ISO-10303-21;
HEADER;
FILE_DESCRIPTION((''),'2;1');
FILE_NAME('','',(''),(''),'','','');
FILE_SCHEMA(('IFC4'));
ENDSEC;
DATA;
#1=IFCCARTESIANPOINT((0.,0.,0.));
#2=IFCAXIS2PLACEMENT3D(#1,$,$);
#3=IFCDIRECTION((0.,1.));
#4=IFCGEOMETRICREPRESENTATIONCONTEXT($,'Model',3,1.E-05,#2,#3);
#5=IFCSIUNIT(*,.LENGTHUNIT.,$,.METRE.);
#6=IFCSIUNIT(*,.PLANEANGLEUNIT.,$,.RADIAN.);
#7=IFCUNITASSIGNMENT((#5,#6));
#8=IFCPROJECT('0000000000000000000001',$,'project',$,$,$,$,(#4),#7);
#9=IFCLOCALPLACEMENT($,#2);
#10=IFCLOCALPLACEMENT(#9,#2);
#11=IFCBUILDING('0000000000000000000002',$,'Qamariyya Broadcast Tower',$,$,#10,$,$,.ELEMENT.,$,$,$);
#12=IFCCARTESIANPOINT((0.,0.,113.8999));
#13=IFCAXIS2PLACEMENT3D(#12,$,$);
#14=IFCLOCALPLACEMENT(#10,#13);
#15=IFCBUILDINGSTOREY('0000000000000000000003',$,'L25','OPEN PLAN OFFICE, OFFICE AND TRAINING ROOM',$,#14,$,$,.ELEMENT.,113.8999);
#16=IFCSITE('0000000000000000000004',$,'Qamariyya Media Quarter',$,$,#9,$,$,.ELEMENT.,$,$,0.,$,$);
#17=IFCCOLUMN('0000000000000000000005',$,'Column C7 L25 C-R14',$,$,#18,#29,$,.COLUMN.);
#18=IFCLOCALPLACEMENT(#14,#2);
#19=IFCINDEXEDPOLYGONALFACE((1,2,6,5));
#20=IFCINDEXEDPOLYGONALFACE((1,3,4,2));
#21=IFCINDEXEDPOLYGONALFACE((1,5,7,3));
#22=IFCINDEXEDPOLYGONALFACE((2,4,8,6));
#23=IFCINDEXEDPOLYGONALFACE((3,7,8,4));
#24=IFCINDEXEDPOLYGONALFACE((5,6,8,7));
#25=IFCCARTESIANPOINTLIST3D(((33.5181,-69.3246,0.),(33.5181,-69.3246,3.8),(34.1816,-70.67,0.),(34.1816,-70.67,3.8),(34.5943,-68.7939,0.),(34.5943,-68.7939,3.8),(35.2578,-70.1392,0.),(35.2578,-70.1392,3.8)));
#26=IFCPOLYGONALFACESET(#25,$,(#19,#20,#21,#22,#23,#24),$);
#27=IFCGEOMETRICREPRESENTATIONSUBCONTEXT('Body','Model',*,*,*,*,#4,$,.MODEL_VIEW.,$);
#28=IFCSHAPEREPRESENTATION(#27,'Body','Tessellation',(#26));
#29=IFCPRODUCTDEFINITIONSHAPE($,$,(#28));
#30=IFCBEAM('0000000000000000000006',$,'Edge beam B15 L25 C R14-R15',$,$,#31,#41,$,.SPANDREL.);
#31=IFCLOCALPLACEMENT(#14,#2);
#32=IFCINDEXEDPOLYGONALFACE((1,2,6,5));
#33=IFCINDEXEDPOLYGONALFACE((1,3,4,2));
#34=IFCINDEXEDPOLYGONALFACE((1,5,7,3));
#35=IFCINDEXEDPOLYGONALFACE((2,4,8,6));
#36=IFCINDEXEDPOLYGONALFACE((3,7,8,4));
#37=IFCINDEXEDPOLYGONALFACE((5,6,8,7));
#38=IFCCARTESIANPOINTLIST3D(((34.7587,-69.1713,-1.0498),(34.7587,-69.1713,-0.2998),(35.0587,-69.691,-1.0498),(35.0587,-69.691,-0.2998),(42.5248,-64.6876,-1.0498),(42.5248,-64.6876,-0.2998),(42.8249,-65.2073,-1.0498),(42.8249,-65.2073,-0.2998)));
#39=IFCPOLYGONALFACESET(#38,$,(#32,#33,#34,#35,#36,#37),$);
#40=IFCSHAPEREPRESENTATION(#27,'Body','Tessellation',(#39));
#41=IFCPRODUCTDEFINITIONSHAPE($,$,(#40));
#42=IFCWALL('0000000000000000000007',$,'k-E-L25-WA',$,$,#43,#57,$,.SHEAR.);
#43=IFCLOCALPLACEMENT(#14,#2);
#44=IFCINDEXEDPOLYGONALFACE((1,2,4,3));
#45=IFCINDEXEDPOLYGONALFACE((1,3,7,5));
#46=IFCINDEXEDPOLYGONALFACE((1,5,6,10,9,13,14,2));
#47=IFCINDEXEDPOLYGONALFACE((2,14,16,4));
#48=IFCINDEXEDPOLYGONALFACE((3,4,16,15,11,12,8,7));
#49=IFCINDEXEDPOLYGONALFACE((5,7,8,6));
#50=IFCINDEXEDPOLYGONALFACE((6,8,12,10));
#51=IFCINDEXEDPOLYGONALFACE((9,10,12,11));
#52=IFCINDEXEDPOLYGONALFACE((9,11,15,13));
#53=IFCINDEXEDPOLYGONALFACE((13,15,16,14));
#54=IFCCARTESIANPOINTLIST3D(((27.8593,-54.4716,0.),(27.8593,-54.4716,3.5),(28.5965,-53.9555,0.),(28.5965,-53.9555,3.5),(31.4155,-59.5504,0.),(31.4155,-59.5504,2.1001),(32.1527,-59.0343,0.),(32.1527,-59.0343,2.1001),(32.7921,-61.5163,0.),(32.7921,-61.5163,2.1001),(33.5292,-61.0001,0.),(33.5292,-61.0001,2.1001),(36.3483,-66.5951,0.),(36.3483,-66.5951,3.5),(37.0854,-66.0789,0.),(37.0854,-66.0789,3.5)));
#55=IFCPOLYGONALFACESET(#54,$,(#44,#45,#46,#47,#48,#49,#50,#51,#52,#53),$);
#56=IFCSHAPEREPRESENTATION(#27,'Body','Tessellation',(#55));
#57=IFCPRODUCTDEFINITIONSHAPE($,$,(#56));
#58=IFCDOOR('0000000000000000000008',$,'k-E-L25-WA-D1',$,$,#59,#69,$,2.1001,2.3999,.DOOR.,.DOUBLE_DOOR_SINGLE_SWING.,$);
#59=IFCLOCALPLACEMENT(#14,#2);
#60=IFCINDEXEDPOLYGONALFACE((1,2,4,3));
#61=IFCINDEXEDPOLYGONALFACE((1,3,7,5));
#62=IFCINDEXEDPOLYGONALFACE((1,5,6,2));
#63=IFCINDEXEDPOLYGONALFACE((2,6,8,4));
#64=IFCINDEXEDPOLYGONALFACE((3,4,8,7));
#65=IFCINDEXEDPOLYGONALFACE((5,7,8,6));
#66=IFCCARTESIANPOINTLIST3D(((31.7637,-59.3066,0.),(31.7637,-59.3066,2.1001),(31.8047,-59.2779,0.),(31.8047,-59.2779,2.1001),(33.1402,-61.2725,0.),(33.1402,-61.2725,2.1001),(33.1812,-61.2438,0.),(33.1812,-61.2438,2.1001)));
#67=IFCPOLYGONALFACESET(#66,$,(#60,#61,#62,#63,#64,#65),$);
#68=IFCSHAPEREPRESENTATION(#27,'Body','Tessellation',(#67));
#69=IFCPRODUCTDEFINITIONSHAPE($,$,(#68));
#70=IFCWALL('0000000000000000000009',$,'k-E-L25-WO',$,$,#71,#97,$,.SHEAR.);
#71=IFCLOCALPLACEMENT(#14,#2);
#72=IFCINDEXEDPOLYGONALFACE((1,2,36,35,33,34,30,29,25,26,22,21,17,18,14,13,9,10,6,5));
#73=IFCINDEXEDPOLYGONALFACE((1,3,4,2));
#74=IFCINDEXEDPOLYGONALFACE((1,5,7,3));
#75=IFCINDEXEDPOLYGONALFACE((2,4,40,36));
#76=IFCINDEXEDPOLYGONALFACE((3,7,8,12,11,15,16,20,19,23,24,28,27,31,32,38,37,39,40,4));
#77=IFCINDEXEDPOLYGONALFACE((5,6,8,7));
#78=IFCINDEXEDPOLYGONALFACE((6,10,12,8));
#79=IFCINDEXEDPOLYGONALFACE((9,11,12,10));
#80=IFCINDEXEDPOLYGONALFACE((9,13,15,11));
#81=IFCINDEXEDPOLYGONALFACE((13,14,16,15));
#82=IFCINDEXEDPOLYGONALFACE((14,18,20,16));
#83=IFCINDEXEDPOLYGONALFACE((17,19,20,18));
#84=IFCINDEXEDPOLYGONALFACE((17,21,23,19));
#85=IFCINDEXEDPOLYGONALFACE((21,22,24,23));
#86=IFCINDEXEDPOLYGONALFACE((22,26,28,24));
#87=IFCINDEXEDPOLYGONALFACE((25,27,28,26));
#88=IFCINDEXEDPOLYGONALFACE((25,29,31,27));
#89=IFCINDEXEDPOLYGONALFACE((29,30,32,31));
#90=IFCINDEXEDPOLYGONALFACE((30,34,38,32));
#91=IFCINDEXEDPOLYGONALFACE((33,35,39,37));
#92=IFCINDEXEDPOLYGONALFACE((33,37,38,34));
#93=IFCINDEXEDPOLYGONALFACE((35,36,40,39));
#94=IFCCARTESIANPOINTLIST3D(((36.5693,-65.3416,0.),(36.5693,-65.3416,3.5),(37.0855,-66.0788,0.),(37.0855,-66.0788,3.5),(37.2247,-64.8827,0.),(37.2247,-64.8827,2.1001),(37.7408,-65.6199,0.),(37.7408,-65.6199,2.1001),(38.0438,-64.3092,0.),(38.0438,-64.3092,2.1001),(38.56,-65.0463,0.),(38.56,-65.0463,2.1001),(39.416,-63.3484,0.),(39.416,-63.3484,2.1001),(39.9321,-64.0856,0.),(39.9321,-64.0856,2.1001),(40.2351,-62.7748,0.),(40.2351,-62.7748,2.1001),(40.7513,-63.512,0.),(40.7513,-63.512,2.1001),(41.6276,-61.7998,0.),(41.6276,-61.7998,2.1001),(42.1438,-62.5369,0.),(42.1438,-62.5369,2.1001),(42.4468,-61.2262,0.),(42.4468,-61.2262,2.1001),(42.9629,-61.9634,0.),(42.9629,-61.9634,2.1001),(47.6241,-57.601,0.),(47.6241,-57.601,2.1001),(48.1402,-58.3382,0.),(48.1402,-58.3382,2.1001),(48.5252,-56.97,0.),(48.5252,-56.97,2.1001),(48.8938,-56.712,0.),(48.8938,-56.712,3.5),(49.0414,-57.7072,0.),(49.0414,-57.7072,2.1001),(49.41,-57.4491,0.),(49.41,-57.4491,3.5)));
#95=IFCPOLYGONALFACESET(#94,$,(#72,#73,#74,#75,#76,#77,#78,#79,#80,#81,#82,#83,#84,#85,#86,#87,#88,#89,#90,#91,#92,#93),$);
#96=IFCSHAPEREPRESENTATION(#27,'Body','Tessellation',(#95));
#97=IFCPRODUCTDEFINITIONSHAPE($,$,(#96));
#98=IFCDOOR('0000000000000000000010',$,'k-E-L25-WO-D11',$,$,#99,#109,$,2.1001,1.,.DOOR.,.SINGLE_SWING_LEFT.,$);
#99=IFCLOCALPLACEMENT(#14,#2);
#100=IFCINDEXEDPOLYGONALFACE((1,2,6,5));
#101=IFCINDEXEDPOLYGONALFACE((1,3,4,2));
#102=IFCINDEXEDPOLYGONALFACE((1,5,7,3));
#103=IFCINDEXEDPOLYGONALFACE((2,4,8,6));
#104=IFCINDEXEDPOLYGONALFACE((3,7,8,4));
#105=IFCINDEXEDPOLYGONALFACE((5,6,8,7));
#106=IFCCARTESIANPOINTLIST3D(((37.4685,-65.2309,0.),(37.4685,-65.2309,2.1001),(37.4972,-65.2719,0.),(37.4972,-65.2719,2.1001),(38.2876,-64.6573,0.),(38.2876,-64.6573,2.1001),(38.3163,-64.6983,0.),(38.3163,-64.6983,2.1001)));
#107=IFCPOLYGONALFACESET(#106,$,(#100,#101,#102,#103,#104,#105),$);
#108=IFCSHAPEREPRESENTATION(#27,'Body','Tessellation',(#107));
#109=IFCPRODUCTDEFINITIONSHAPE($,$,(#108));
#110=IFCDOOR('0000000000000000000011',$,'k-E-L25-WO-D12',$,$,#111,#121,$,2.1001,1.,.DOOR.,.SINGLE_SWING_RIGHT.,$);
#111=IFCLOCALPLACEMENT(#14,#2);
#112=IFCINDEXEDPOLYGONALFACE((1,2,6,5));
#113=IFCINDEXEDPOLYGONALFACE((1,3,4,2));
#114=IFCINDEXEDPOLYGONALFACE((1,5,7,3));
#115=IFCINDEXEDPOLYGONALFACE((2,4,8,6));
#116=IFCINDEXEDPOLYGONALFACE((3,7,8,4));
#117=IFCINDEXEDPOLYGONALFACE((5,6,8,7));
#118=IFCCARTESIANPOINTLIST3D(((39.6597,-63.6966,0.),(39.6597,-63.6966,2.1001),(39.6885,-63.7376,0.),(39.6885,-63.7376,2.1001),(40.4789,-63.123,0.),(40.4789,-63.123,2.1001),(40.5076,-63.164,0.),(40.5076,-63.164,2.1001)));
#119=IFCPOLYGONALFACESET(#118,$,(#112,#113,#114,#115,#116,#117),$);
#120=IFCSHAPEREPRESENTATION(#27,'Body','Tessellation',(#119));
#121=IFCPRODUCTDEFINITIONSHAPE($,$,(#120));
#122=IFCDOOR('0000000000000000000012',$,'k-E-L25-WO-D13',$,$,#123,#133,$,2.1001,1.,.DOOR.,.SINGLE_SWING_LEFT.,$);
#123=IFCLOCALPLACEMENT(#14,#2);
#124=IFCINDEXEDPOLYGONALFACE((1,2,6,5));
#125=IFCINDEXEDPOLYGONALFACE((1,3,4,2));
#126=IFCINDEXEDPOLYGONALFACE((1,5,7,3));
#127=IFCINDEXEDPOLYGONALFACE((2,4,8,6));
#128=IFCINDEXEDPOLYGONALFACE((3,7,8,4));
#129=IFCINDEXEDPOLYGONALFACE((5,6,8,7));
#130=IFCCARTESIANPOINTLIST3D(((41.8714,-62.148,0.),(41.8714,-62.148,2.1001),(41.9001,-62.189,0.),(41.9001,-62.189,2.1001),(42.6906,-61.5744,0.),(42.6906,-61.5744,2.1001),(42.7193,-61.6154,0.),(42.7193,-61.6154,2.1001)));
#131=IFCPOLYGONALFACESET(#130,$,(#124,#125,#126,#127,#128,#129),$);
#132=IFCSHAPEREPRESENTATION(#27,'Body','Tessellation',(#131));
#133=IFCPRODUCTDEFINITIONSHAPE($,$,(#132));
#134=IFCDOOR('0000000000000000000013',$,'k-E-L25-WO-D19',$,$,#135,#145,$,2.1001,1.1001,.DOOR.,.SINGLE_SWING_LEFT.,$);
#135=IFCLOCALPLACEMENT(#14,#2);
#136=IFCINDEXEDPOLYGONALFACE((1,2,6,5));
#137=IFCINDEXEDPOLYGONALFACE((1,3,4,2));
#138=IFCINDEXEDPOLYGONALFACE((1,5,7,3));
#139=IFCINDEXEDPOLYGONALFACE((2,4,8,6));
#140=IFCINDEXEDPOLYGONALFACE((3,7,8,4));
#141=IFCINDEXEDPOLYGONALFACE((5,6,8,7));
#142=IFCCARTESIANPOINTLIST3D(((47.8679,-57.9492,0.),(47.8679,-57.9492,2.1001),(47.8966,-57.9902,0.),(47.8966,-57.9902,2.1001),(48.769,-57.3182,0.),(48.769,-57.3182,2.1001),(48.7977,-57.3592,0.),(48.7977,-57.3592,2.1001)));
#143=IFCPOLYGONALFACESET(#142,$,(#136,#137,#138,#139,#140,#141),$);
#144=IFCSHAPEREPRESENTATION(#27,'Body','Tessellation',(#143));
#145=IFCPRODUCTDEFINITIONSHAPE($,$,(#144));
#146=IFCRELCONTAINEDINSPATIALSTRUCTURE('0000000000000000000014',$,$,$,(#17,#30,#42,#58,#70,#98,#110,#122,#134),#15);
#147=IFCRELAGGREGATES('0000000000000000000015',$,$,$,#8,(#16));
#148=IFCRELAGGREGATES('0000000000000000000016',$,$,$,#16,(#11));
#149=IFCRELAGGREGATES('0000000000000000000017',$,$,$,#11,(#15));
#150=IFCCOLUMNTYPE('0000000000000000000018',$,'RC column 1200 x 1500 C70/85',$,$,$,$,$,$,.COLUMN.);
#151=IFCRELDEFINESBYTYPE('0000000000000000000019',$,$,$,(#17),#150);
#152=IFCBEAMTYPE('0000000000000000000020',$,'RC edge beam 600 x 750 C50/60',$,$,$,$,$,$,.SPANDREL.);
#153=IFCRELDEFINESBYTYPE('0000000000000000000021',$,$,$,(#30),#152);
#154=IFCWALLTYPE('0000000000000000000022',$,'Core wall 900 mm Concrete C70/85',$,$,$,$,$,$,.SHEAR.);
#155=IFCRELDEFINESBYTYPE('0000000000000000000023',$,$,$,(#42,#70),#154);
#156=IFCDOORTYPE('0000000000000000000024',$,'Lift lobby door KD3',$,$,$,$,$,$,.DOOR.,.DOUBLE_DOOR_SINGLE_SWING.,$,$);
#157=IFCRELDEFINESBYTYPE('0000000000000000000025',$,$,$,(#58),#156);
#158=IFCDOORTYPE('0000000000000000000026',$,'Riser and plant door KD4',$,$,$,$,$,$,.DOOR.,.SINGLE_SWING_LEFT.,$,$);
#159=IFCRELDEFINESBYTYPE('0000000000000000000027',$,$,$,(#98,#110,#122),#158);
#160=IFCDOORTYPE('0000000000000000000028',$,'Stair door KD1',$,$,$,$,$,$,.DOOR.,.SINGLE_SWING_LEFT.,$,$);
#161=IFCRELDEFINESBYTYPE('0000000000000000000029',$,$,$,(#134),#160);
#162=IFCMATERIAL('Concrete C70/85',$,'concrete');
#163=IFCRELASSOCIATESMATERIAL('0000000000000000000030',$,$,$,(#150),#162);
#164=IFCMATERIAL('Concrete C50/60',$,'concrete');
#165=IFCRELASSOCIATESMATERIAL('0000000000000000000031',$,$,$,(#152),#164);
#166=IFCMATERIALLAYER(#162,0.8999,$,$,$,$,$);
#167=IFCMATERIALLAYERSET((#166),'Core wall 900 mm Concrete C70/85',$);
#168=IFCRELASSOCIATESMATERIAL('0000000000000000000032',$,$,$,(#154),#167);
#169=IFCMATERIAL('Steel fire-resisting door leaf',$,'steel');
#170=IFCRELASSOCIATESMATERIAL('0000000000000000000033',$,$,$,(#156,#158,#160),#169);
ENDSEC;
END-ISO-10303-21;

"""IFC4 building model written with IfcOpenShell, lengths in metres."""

from ifc_helpers import new_model, si_unit, direction, frame, frame_2d, origin, origin_2d, place, context, subcontext, project, spatial, rectangle, extrude, material, layer, layer_set, material_profile, profile_set, type_object, element, fill, save


model = new_model("IFC4")

# Units and contexts
model_context = context("Model", 3, precision=1e-05, world=origin(), true_north=direction((0.0, 1.0)))
body_context = subcontext(model_context, "Body", "Model", "MODEL_VIEW")
ifc_project = project(units=[si_unit("LENGTHUNIT", "METRE"), si_unit("PLANEANGLEUNIT", "RADIAN")], contexts=[model_context])

# Site, building, storey
site_placement = place(None, origin())
site = spatial("IfcSite", under=ifc_project, at=site_placement, Name="Qamariyya Media Quarter", CompositionType="ELEMENT", RefElevation=0.0)
building_placement = place(site_placement, origin())
building = spatial("IfcBuilding", under=site, at=building_placement, Name="Qamariyya Broadcast Tower", CompositionType="ELEMENT")
storey_placement = place(building_placement, frame((0.0, 0.0, 113.8999)))
storey = spatial("IfcBuildingStorey", under=building, at=storey_placement, Name="L25", Description="OPEN PLAN OFFICE, OFFICE AND TRAINING ROOM", CompositionType="ELEMENT", Elevation=113.8999)

# Column
ifc_material_1 = material(Name="Concrete C70/85", Category="concrete")
ifc_material_profile_1 = material_profile(ifc_material_1, rectangle(XDim=1.2, YDim=1.5, at=origin_2d()))
ifc_profile_set_1 = profile_set([ifc_material_profile_1], Name="Concrete C70/85")
column_type = type_object("IfcColumnType", Name="RC column 1200 x 1500 C70/85", PredefinedType="COLUMN", material=ifc_profile_set_1)
column_placement = place(storey_placement, frame((34.3879, -69.7319, 0.0), z_axis=(0.0, 0.0, 1.0), x_axis=(0.896873, 0.442289, 0.0)))
element("IfcColumn", 1, at=column_placement, inside=storey, type_object=column_type, Name="Column C7 L25 C-R14", PredefinedType="COLUMN", context=body_context, shape_type="SweptSolid", body=[
    extrude(rectangle(XDim=1.2, YDim=1.5, at=origin_2d()), origin(), (0.0, 0.0, 1.0), 3.8),
])

# Beam
ifc_material_2 = material(Name="Concrete C50/60", Category="concrete")
ifc_material_profile_2 = material_profile(ifc_material_2, rectangle(XDim=0.6001, YDim=0.75, at=origin_2d()))
ifc_profile_set_2 = profile_set([ifc_material_profile_2], Name="Concrete C50/60")
beam_type = type_object("IfcBeamType", Name="RC edge beam 600 x 750 C50/60", PredefinedType="SPANDREL", material=ifc_profile_set_2)
beam_placement = place(storey_placement, frame((34.9087, -69.4312, -0.6748), z_axis=(0.866031, 0.49999, 0.0), x_axis=(-0.49999, 0.866031, 0.0)))
element("IfcBeam", 2, at=beam_placement, inside=storey, type_object=beam_type, Name="Edge beam B15 L25 C R14-R15", PredefinedType="SPANDREL", context=body_context, shape_type="SweptSolid", body=[
    extrude(rectangle(XDim=0.6001, YDim=0.75, at=origin_2d()), origin(), (0.0, 0.0, 1.0), 8.9675),
])

# Wall, opening, door
ifc_layer_1 = layer(ifc_material_1, 0.8999)
ifc_layer_set_1 = layer_set([ifc_layer_1], Name="Core wall 900 mm Concrete C70/85")
wall_type_1 = type_object("IfcWallType", Name="Core wall 900 mm Concrete C70/85", PredefinedType="SHEAR", material=ifc_layer_set_1)
wall_1_placement = place(storey_placement, frame((36.7168, -66.3369, 0.0), z_axis=(0.0, 0.0, 1.0), x_axis=(-0.573577, 0.819151, 0.0)))
wall_1 = element("IfcWall", 3, at=wall_1_placement, inside=storey, type_object=wall_type_1, Name="k-E-L25-WA", PredefinedType="SHEAR", context=body_context, shape_type="SweptSolid", body=[
    extrude(rectangle(XDim=14.8, YDim=0.8999, at=frame_2d((7.3999, 0.0))), origin(), (0.0, 0.0, 1.0), 3.5),
])
opening_1_placement = place(wall_1_placement, frame((6.2, 0.0, 0.0)))
opening_1 = element("IfcOpeningElement", 4, at=opening_1_placement, cuts=wall_1, PredefinedType="OPENING", context=body_context, shape_type="SweptSolid", body=[
    extrude(rectangle(XDim=2.3999, YDim=2.1001, at=frame_2d((1.2, 1.05))), frame((0.0, 0.46, 0.0), z_axis=(0.0, -1.0, 0.0), x_axis=(1.0, 0.0, 0.0)), (0.0, 0.0, 1.0), 0.9199),
])
ifc_material_3 = material(Name="Steel fire-resisting door leaf", Category="steel")
door_type_1 = type_object("IfcDoorType", Name="Lift lobby door KD3", OperationType="DOUBLE_DOOR_SINGLE_SWING", PredefinedType="DOOR", material=ifc_material_3)
door_1_placement = place(opening_1_placement, origin())
door_1 = element("IfcDoor", 5, at=door_1_placement, inside=storey, type_object=door_type_1, Name="k-E-L25-WA-D1", OperationType="DOUBLE_DOOR_SINGLE_SWING", OverallHeight=2.1001, OverallWidth=2.3999, PredefinedType="DOOR", context=body_context, shape_type="SweptSolid", body=[
    extrude(rectangle(XDim=2.3999, YDim=2.1001, at=frame_2d((1.2, 1.05))), frame((0.0, 0.0249, 0.0), z_axis=(0.0, -1.0, 0.0), x_axis=(1.0, 0.0, 0.0)), (0.0, 0.0, 1.0), 0.05),
])
fill(opening_1, door_1)

# Wall, openings, doors
wall_2_placement = place(storey_placement, frame((36.8274, -65.7102, 0.0), z_axis=(0.0, 0.0, 1.0), x_axis=(0.819153, 0.573575, 0.0)))
wall_2 = element("IfcWall", 6, at=wall_2_placement, inside=storey, type_object=wall_type_1, Name="k-E-L25-WO", PredefinedType="SHEAR", context=body_context, shape_type="SweptSolid", body=[
    extrude(rectangle(XDim=15.0454, YDim=0.8999, at=frame_2d((7.5227, 0.0))), origin(), (0.0, 0.0, 1.0), 3.5),
])
opening_2_placement = place(wall_2_placement, frame((0.8, 0.0, 0.0)))
opening_2 = element("IfcOpeningElement", 7, at=opening_2_placement, cuts=wall_2, PredefinedType="OPENING", context=body_context, shape_type="SweptSolid", body=[
    extrude(rectangle(XDim=1.0, YDim=2.1001, at=frame_2d((0.5, 1.05))), frame((0.0, 0.46, 0.0), z_axis=(0.0, -1.0, 0.0), x_axis=(1.0, 0.0, 0.0)), (0.0, 0.0, 1.0), 0.9199),
])
opening_3_placement = place(wall_2_placement, frame((3.4751, 0.0, 0.0)))
opening_3 = element("IfcOpeningElement", 8, at=opening_3_placement, cuts=wall_2, PredefinedType="OPENING", context=body_context, shape_type="SweptSolid", body=[
    extrude(rectangle(XDim=1.0, YDim=2.1001, at=frame_2d((0.5, 1.05))), frame((0.0, 0.46, 0.0), z_axis=(0.0, -1.0, 0.0), x_axis=(1.0, 0.0, 0.0)), (0.0, 0.0, 1.0), 0.9199),
])
opening_4_placement = place(wall_2_placement, frame((6.175, 0.0, 0.0)))
opening_4 = element("IfcOpeningElement", 9, at=opening_4_placement, cuts=wall_2, PredefinedType="OPENING", context=body_context, shape_type="SweptSolid", body=[
    extrude(rectangle(XDim=1.0, YDim=2.1001, at=frame_2d((0.5, 1.05))), frame((0.0, 0.46, 0.0), z_axis=(0.0, -1.0, 0.0), x_axis=(1.0, 0.0, 0.0)), (0.0, 0.0, 1.0), 0.9199),
])
opening_5_placement = place(wall_2_placement, frame((13.4954, 0.0, 0.0)))
opening_5 = element("IfcOpeningElement", 10, at=opening_5_placement, cuts=wall_2, PredefinedType="OPENING", context=body_context, shape_type="SweptSolid", body=[
    extrude(rectangle(XDim=1.1001, YDim=2.1001, at=frame_2d((0.55, 1.05))), frame((0.0, 0.46, 0.0), z_axis=(0.0, -1.0, 0.0), x_axis=(1.0, 0.0, 0.0)), (0.0, 0.0, 1.0), 0.9199),
])
door_type_2 = type_object("IfcDoorType", Name="Riser and plant door KD4", OperationType="SINGLE_SWING_LEFT", PredefinedType="DOOR", material=ifc_material_3)
door_2_placement = place(opening_2_placement, origin())
door_2 = element("IfcDoor", 11, at=door_2_placement, inside=storey, type_object=door_type_2, Name="k-E-L25-WO-D11", OperationType="SINGLE_SWING_LEFT", OverallHeight=2.1001, OverallWidth=1.0, PredefinedType="DOOR", context=body_context, shape_type="SweptSolid", body=[
    extrude(rectangle(XDim=1.0, YDim=2.1001, at=frame_2d((0.5, 1.05))), frame((0.0, 0.0249, 0.0), z_axis=(0.0, -1.0, 0.0), x_axis=(1.0, 0.0, 0.0)), (0.0, 0.0, 1.0), 0.05),
])
fill(opening_2, door_2)
door_3_placement = place(opening_3_placement, origin())
door_3 = element("IfcDoor", 12, at=door_3_placement, inside=storey, type_object=door_type_2, Name="k-E-L25-WO-D12", OperationType="SINGLE_SWING_RIGHT", OverallHeight=2.1001, OverallWidth=1.0, PredefinedType="DOOR", context=body_context, shape_type="SweptSolid", body=[
    extrude(rectangle(XDim=1.0, YDim=2.1001, at=frame_2d((0.5, 1.05))), frame((0.0, 0.0249, 0.0), z_axis=(0.0, -1.0, 0.0), x_axis=(1.0, 0.0, 0.0)), (0.0, 0.0, 1.0), 0.05),
])
fill(opening_3, door_3)
door_4_placement = place(opening_4_placement, origin())
door_4 = element("IfcDoor", 13, at=door_4_placement, inside=storey, type_object=door_type_2, Name="k-E-L25-WO-D13", OperationType="SINGLE_SWING_LEFT", OverallHeight=2.1001, OverallWidth=1.0, PredefinedType="DOOR", context=body_context, shape_type="SweptSolid", body=[
    extrude(rectangle(XDim=1.0, YDim=2.1001, at=frame_2d((0.5, 1.05))), frame((0.0, 0.0249, 0.0), z_axis=(0.0, -1.0, 0.0), x_axis=(1.0, 0.0, 0.0)), (0.0, 0.0, 1.0), 0.05),
])
fill(opening_4, door_4)
door_type_3 = type_object("IfcDoorType", Name="Stair door KD1", OperationType="SINGLE_SWING_LEFT", PredefinedType="DOOR", material=ifc_material_3)
door_5_placement = place(opening_5_placement, origin())
door_5 = element("IfcDoor", 14, at=door_5_placement, inside=storey, type_object=door_type_3, Name="k-E-L25-WO-D19", OperationType="SINGLE_SWING_LEFT", OverallHeight=2.1001, OverallWidth=1.1001, PredefinedType="DOOR", context=body_context, shape_type="SweptSolid", body=[
    extrude(rectangle(XDim=1.1001, YDim=2.1001, at=frame_2d((0.55, 1.05))), frame((0.0, 0.0249, 0.0), z_axis=(0.0, -1.0, 0.0), x_axis=(1.0, 0.0, 0.0)), (0.0, 0.0, 1.0), 0.05),
])
fill(opening_5, door_5)

save(model, "model.ifc")
